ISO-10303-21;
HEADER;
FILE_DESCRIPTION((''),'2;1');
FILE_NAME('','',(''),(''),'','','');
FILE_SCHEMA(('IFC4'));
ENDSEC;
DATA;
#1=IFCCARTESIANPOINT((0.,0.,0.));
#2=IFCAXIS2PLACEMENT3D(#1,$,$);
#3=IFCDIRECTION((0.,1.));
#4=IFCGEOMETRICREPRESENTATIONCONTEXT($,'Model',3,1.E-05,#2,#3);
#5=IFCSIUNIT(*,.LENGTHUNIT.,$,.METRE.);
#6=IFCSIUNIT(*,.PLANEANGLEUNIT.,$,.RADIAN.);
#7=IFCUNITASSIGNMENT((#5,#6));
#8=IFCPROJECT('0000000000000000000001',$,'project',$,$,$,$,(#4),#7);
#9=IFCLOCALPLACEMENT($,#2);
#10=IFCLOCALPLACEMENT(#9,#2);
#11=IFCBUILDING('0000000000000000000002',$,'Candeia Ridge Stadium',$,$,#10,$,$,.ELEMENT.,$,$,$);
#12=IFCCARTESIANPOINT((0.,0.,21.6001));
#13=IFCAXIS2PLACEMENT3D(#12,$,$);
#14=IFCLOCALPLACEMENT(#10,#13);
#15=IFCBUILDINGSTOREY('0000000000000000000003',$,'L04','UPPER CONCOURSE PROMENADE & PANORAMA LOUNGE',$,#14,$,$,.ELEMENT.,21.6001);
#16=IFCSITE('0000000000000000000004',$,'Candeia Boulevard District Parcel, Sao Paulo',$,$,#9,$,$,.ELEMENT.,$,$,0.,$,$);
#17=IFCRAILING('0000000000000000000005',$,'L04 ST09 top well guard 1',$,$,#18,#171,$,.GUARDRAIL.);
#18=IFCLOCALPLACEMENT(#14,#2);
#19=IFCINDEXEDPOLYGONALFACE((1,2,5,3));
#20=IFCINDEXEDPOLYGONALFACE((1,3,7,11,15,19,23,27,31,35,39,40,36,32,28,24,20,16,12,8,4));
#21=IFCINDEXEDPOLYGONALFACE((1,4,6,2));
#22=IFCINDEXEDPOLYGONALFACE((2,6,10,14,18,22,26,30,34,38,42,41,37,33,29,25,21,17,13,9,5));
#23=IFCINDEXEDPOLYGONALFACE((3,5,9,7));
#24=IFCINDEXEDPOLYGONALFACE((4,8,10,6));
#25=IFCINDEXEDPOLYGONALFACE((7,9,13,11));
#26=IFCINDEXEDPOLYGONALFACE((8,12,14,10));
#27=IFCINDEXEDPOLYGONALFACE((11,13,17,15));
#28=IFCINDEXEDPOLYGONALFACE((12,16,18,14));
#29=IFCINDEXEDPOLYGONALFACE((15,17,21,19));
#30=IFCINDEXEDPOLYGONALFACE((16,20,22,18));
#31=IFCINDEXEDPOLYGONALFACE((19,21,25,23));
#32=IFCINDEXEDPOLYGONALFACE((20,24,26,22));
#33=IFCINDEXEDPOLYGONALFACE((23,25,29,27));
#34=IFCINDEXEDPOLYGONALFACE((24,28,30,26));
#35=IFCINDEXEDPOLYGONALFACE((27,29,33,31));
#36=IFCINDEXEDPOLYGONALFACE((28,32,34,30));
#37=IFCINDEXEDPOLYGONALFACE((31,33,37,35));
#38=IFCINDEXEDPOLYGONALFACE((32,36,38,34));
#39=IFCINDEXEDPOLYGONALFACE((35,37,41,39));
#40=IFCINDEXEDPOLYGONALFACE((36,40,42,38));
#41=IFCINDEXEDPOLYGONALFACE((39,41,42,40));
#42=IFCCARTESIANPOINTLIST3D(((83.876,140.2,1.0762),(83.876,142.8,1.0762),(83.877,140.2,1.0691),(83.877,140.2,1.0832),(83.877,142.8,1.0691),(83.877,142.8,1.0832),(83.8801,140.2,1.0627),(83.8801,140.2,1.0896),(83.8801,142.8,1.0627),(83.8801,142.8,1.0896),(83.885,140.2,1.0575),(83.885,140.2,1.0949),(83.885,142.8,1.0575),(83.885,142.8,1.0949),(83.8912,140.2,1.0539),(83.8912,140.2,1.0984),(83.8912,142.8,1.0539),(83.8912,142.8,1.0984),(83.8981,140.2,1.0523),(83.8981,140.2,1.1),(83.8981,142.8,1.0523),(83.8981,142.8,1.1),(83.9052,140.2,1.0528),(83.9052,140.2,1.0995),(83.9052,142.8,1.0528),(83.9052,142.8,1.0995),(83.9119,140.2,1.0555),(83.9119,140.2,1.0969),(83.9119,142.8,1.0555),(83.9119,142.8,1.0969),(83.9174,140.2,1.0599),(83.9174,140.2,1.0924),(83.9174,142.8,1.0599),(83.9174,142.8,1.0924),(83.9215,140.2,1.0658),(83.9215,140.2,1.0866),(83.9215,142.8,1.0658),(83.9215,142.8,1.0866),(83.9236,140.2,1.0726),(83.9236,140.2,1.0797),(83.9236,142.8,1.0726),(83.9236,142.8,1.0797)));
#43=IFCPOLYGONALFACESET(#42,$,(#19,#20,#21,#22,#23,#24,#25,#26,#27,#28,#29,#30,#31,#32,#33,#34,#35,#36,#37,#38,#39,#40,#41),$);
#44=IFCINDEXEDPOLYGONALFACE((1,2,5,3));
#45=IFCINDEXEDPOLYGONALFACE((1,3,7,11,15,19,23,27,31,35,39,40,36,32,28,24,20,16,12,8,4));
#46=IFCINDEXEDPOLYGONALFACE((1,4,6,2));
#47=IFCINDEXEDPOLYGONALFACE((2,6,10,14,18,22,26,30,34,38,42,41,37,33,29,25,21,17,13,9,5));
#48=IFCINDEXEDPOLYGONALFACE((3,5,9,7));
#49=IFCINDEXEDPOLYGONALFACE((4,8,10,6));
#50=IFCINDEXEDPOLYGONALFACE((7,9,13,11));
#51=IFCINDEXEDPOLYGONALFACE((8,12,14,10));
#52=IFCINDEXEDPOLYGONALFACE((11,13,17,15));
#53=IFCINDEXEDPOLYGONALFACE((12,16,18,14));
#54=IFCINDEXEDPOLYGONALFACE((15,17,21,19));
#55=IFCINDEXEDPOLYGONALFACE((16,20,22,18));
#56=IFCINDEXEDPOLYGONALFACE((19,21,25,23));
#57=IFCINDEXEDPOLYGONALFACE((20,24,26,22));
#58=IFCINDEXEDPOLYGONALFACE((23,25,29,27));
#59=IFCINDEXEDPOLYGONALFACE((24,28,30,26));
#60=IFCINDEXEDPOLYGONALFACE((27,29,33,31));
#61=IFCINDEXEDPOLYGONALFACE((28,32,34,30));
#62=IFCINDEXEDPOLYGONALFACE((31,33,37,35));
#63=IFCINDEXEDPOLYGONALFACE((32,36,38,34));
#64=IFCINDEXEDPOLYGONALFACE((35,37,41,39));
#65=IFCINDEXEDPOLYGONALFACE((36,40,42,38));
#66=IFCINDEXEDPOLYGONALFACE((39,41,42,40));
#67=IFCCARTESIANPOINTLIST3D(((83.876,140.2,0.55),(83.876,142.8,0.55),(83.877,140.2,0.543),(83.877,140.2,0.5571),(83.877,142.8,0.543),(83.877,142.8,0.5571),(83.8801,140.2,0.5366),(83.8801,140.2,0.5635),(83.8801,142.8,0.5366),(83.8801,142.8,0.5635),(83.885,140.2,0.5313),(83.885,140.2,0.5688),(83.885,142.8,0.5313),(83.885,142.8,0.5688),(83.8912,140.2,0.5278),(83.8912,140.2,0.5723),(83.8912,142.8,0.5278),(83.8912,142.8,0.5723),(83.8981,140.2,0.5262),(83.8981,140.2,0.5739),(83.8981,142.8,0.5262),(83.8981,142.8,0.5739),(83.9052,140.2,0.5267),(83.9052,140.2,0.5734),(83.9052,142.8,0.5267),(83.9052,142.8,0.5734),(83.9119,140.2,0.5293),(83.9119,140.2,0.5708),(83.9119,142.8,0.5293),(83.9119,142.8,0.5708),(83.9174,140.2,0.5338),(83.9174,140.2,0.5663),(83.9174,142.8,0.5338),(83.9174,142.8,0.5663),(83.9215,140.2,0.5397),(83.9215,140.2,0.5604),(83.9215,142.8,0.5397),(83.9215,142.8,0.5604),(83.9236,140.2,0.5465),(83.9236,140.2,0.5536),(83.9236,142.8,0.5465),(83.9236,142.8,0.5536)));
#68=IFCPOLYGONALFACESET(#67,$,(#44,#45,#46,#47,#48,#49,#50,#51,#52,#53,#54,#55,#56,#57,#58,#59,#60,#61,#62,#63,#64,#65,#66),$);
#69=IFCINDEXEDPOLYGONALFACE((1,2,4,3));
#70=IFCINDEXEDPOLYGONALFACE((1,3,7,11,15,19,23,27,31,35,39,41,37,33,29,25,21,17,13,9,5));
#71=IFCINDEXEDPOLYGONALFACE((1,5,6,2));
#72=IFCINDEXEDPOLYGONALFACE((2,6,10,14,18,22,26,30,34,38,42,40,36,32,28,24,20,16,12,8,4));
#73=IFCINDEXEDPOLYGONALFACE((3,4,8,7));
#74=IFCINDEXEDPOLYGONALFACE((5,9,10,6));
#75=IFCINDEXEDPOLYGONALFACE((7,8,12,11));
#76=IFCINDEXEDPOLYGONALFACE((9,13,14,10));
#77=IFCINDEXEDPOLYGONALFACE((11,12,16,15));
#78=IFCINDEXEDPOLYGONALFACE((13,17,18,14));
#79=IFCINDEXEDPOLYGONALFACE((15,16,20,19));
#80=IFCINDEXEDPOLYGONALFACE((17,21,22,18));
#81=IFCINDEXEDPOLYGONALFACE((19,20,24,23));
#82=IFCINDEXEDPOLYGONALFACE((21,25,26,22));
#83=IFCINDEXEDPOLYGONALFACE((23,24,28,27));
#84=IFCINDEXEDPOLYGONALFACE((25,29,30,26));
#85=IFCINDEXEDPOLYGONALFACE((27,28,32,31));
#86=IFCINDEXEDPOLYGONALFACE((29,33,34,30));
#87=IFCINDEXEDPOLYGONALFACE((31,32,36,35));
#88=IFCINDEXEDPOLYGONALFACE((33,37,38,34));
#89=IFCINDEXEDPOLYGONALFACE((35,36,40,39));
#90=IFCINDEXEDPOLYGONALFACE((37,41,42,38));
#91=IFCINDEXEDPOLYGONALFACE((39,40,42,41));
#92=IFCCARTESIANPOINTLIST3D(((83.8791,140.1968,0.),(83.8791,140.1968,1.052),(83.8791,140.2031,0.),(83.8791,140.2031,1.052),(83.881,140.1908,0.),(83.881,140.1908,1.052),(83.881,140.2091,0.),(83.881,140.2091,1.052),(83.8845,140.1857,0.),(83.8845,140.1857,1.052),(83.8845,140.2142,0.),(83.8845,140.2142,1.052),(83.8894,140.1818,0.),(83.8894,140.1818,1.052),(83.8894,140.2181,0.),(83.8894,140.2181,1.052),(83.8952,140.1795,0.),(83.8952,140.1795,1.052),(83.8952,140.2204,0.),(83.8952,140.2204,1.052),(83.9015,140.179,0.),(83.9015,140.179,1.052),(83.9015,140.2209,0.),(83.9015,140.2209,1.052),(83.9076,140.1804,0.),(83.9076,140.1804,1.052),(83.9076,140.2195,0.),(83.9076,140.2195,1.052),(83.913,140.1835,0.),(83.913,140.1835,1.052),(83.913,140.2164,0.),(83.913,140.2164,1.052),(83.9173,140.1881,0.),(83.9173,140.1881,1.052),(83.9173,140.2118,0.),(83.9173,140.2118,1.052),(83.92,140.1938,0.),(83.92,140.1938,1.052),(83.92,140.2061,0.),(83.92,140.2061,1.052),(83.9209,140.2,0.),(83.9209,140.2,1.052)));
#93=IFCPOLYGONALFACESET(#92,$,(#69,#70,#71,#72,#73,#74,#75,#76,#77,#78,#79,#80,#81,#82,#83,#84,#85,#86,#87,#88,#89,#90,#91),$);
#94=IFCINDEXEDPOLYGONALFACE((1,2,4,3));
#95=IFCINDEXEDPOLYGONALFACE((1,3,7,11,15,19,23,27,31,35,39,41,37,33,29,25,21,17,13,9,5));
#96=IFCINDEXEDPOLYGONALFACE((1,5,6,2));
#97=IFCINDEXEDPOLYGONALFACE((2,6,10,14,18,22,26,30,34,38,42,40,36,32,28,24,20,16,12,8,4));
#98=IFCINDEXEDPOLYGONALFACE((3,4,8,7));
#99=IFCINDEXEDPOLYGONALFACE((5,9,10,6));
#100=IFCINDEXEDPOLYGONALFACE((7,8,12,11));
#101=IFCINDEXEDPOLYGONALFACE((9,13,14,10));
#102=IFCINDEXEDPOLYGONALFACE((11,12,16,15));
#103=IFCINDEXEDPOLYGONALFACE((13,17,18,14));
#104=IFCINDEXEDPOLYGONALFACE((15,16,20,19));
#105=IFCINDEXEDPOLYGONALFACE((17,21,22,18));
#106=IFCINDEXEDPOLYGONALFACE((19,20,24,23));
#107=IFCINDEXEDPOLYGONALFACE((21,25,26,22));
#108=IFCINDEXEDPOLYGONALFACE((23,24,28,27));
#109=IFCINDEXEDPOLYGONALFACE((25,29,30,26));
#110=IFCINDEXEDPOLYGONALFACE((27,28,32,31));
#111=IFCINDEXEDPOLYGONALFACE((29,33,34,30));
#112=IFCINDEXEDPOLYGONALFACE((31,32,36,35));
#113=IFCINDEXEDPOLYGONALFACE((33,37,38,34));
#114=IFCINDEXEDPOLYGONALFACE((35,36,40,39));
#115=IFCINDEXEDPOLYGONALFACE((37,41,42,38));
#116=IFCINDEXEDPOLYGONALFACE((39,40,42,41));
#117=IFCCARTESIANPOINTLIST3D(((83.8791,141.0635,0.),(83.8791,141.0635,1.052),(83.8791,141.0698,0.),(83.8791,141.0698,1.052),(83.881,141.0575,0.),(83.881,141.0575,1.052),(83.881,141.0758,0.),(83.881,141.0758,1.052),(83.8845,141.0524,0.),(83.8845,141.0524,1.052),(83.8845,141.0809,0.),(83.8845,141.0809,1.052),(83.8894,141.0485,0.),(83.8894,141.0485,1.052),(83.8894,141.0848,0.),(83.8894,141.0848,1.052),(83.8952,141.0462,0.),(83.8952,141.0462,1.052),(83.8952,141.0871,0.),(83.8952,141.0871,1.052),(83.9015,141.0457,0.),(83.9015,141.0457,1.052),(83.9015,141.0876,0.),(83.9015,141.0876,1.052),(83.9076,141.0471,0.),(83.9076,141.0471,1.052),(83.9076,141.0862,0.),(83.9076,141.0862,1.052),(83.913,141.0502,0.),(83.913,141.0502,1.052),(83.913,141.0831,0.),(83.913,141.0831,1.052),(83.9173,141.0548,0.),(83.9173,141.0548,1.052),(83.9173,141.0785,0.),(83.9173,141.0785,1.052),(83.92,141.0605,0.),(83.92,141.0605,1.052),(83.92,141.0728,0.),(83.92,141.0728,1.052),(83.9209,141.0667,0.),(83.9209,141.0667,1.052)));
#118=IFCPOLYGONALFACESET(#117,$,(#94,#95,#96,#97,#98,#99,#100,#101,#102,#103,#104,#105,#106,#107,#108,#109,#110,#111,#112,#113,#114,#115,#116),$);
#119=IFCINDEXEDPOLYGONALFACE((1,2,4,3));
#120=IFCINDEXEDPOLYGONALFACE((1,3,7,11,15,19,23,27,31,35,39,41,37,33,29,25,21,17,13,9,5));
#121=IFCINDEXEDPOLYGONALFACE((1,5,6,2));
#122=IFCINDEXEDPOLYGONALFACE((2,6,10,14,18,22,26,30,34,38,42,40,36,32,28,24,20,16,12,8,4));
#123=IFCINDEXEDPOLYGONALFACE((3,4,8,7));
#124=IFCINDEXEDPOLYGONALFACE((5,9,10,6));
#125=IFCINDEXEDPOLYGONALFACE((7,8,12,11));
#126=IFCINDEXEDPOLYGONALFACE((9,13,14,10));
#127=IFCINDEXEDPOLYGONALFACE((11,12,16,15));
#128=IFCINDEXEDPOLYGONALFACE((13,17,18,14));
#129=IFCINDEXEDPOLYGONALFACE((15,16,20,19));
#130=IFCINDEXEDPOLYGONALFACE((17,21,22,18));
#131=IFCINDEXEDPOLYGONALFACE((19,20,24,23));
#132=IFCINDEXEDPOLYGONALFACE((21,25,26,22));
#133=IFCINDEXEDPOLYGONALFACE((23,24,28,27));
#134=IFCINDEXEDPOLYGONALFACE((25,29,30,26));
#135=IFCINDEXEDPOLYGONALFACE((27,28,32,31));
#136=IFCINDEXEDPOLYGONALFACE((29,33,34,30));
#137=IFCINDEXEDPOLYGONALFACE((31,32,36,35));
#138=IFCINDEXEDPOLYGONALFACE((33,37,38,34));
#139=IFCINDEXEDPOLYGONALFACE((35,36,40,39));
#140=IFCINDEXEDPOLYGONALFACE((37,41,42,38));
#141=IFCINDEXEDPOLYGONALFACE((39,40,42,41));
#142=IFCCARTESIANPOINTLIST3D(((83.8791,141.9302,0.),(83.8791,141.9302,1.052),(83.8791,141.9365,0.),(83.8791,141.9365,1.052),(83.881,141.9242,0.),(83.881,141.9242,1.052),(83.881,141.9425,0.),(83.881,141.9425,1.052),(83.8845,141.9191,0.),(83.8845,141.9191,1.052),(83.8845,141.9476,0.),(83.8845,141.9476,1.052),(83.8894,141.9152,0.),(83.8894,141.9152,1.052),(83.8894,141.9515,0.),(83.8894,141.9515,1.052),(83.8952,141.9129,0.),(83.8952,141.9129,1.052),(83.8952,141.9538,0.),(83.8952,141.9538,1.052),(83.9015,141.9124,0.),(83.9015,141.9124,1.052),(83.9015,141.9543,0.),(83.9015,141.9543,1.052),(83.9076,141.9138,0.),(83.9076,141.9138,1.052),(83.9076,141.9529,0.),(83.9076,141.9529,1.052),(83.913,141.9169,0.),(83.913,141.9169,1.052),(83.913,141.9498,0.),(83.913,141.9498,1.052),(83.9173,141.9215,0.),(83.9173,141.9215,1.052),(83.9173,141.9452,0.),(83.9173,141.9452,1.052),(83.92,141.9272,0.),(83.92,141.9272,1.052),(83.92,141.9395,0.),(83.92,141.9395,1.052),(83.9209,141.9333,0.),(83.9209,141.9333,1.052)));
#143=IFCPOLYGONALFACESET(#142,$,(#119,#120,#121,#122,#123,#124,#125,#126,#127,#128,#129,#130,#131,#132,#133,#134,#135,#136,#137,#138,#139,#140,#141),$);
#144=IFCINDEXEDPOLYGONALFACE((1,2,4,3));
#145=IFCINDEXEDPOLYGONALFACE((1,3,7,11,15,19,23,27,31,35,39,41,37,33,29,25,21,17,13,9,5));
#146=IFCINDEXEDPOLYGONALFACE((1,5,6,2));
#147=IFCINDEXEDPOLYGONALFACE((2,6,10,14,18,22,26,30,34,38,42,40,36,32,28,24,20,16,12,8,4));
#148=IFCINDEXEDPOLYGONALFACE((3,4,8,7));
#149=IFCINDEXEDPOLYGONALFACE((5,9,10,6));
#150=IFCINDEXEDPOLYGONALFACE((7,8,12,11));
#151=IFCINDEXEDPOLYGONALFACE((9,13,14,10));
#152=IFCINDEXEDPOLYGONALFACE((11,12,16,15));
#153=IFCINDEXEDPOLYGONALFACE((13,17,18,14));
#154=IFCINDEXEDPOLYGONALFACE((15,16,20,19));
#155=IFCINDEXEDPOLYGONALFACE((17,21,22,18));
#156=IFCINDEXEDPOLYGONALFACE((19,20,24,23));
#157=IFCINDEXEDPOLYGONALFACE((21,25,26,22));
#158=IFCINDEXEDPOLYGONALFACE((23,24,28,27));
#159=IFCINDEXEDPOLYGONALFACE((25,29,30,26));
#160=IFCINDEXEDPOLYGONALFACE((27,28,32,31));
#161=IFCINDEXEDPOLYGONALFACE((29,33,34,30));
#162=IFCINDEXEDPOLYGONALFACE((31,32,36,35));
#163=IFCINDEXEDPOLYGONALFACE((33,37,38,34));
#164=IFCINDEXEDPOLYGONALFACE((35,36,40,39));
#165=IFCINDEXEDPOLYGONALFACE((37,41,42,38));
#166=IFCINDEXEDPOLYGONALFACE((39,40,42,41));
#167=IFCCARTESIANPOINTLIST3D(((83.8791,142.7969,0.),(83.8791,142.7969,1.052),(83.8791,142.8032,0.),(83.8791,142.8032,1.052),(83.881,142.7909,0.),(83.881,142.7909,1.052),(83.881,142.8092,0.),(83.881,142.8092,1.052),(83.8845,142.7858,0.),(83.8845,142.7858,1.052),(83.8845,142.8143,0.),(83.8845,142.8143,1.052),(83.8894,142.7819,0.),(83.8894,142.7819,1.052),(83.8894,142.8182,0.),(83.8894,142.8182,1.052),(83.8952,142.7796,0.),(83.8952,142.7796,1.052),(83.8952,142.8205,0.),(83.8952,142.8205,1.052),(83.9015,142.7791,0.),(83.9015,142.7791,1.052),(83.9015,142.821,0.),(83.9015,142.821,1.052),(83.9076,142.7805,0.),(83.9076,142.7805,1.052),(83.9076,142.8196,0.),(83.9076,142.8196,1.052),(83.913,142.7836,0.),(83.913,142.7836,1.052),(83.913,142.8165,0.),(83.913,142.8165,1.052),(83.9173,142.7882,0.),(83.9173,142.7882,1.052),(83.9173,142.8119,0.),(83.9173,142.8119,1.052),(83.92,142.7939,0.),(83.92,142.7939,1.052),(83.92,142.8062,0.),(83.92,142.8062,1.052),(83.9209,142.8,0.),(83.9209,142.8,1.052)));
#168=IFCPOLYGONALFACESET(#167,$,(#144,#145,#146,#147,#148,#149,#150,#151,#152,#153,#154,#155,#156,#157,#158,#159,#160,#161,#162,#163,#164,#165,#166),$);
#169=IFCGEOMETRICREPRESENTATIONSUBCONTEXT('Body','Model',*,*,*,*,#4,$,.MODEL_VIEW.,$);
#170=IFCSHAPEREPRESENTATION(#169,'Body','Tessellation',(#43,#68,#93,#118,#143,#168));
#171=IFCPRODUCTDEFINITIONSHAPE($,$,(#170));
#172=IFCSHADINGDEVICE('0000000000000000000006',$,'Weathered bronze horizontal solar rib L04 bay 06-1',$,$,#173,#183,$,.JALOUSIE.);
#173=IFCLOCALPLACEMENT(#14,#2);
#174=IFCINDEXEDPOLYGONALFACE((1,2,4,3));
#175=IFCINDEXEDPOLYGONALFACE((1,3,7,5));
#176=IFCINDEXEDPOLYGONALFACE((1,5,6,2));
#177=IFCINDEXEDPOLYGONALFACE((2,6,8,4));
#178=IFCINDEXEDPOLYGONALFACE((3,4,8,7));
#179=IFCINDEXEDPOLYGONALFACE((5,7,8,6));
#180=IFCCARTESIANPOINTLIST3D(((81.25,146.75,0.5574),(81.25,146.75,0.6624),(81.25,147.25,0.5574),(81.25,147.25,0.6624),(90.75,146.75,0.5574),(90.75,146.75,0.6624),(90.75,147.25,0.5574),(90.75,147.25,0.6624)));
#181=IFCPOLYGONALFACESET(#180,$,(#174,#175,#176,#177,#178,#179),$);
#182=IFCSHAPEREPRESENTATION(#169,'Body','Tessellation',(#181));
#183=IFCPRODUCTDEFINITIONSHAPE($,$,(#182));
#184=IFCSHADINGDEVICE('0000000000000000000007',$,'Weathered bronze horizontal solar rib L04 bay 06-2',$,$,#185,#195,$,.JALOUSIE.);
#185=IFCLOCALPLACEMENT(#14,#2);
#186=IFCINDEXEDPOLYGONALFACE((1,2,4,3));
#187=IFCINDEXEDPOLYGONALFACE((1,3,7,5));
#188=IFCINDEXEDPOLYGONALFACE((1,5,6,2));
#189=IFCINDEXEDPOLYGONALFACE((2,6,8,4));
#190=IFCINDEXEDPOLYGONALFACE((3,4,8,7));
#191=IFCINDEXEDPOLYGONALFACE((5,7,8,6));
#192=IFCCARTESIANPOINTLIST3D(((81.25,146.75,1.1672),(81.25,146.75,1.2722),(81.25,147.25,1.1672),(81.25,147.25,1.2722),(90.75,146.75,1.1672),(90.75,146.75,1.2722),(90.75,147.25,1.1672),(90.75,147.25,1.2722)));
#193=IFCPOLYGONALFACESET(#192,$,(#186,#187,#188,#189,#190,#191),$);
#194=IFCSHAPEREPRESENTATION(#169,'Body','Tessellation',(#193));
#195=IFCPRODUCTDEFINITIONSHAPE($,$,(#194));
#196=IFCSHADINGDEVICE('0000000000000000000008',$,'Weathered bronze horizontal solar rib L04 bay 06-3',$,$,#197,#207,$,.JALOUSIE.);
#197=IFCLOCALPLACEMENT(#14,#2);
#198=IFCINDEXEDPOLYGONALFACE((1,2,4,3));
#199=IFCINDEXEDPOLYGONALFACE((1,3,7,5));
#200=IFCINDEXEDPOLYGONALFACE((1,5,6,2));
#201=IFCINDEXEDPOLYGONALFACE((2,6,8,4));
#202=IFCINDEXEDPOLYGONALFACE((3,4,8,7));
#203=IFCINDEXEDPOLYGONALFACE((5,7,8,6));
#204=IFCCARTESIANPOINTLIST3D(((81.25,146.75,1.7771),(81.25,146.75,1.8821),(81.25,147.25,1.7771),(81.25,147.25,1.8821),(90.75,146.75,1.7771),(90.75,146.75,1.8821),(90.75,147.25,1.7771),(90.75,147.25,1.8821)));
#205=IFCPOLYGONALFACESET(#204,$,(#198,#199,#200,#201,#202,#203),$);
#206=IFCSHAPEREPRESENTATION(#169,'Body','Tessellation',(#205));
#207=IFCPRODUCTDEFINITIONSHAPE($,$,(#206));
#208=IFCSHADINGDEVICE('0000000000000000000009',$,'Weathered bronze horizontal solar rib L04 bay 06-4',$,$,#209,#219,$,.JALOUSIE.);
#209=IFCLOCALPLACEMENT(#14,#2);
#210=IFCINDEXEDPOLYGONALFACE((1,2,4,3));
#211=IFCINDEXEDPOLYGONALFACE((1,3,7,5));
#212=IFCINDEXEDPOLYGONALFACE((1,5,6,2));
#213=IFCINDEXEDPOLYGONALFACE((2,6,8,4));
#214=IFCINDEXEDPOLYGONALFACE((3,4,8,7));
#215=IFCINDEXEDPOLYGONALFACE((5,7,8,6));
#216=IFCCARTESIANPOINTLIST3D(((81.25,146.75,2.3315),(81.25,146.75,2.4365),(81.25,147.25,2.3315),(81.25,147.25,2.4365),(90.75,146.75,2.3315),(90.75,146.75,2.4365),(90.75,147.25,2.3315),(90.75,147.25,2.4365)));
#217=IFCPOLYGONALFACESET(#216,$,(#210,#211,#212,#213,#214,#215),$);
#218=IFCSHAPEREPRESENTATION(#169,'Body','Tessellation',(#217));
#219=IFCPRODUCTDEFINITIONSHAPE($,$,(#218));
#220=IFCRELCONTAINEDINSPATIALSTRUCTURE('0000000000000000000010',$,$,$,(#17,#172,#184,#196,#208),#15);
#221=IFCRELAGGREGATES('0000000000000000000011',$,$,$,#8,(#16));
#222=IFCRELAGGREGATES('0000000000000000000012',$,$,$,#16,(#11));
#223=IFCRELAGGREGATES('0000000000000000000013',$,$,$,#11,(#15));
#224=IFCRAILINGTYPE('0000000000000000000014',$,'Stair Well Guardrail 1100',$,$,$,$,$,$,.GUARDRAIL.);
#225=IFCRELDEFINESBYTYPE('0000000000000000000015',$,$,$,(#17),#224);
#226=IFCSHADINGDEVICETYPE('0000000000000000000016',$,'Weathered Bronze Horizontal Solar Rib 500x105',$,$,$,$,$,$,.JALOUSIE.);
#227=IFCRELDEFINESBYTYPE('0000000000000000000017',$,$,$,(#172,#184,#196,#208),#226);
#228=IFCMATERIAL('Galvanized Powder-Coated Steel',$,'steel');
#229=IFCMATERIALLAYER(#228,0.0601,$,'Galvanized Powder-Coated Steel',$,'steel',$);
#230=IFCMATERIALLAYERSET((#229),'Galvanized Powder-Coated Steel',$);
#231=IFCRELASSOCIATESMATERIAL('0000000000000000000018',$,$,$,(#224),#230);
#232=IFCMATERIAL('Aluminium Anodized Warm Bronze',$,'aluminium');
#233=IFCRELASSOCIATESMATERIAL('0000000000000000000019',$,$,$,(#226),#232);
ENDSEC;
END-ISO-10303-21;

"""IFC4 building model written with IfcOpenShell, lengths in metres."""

from ifc_helpers import new_model, si_unit, direction, frame, origin, origin_2d, place, context, subcontext, project, spatial, rectangle, circle, extrude, material, layer, layer_set, type_object, element, save


model = new_model("IFC4")

# Units and contexts
model_context = context("Model", 3, precision=1e-05, world=origin(), true_north=direction((0.0, 1.0)))
body_context = subcontext(model_context, "Body", "Model", "MODEL_VIEW")
ifc_project = project(units=[si_unit("LENGTHUNIT", "METRE"), si_unit("PLANEANGLEUNIT", "RADIAN")], contexts=[model_context])

# Site, building, storey
site_placement = place(None, origin())
site = spatial("IfcSite", under=ifc_project, at=site_placement, Name="Candeia Boulevard District Parcel, Sao Paulo", CompositionType="ELEMENT", RefElevation=0.0)
building_placement = place(site_placement, origin())
building = spatial("IfcBuilding", under=site, at=building_placement, Name="Candeia Ridge Stadium", CompositionType="ELEMENT")
storey_placement = place(building_placement, frame((0.0, 0.0, 21.6001)))
storey = spatial("IfcBuildingStorey", under=building, at=storey_placement, Name="L04", Description="UPPER CONCOURSE PROMENADE & PANORAMA LOUNGE", CompositionType="ELEMENT", Elevation=21.6001)

# Shared definitions
ifc_material_1 = material(Name="Aluminium Anodized Warm Bronze", Category="aluminium")

# Railing
ifc_material_2 = material(Name="Galvanized Powder-Coated Steel", Category="steel")
ifc_layer_1 = layer(ifc_material_2, 0.0601, Name="Galvanized Powder-Coated Steel", Category="steel")
ifc_layer_set_1 = layer_set([ifc_layer_1], Name="Galvanized Powder-Coated Steel")
railing_type_1 = type_object("IfcRailingType", Name="Stair Well Guardrail 1100", PredefinedType="GUARDRAIL", material=ifc_layer_set_1)
railing_1_placement = place(storey_placement, frame((83.8999, 140.2, 0.0)))
element("IfcRailing", 1, at=railing_1_placement, inside=storey, type_object=railing_type_1, Name="L04 ST09 top well guard 1", PredefinedType="GUARDRAIL", context=body_context, shape_type="SweptSolid", body=[
    extrude(circle(Radius=0.0239, at=origin_2d()), frame((0.0, 0.0, 1.0762), z_axis=(0.0, 1.0, 0.0), x_axis=(-1.0, 0.0, 0.0)), (0.0, 0.0, 1.0), 2.6001),
    extrude(circle(Radius=0.0239, at=origin_2d()), frame((0.0, 0.0, 0.55), z_axis=(0.0, 1.0, 0.0), x_axis=(-1.0, 0.0, 0.0)), (0.0, 0.0, 1.0), 2.6001),
    extrude(circle(Radius=0.021, at=origin_2d()), origin(), (0.0, 0.0, 1.0), 1.052),
    extrude(circle(Radius=0.021, at=origin_2d()), frame((0.0, 0.8667, 0.0)), (0.0, 0.0, 1.0), 1.052),
    extrude(circle(Radius=0.021, at=origin_2d()), frame((0.0, 1.7334, 0.0)), (0.0, 0.0, 1.0), 1.052),
    extrude(circle(Radius=0.021, at=origin_2d()), frame((0.0, 2.6001, 0.0)), (0.0, 0.0, 1.0), 1.052),
])

# Shading devices
shading_device_type = type_object("IfcShadingDeviceType", Name="Weathered Bronze Horizontal Solar Rib 500x105", PredefinedType="JALOUSIE", material=ifc_material_1)
for number, where, z_axis, x_axis, name in (
    (2, (86.0, 147.0, 0.5574), (0.0, 0.0, 1.0), (-1.0, 0.0, 0.0), "Weathered bronze horizontal solar rib L04 bay 06-1"),
    (3, (86.0, 147.0, 1.1672), (0.0, 0.0, 1.0), (-1.0, 0.0, 0.0), "Weathered bronze horizontal solar rib L04 bay 06-2"),
    (4, (86.0, 147.0, 1.7771), (0.0, 0.0, 1.0), (-1.0, 0.0, 0.0), "Weathered bronze horizontal solar rib L04 bay 06-3"),
    (5, (86.0, 147.0, 2.3315), (0.0, 0.0, 1.0), (-1.0, 0.0, 0.0), "Weathered bronze horizontal solar rib L04 bay 06-4"),
):
    element("IfcShadingDevice", number, at=place(storey_placement, frame(where, z_axis=z_axis, x_axis=x_axis)), inside=storey, type_object=shading_device_type, Name=name, PredefinedType="JALOUSIE", context=body_context, shape_type="SweptSolid", body=[
        extrude(rectangle(XDim=9.5, YDim=0.5, at=origin_2d()), origin(), (0.0, 0.0, 1.0), 0.105),
    ])

save(model, "model.ifc")
